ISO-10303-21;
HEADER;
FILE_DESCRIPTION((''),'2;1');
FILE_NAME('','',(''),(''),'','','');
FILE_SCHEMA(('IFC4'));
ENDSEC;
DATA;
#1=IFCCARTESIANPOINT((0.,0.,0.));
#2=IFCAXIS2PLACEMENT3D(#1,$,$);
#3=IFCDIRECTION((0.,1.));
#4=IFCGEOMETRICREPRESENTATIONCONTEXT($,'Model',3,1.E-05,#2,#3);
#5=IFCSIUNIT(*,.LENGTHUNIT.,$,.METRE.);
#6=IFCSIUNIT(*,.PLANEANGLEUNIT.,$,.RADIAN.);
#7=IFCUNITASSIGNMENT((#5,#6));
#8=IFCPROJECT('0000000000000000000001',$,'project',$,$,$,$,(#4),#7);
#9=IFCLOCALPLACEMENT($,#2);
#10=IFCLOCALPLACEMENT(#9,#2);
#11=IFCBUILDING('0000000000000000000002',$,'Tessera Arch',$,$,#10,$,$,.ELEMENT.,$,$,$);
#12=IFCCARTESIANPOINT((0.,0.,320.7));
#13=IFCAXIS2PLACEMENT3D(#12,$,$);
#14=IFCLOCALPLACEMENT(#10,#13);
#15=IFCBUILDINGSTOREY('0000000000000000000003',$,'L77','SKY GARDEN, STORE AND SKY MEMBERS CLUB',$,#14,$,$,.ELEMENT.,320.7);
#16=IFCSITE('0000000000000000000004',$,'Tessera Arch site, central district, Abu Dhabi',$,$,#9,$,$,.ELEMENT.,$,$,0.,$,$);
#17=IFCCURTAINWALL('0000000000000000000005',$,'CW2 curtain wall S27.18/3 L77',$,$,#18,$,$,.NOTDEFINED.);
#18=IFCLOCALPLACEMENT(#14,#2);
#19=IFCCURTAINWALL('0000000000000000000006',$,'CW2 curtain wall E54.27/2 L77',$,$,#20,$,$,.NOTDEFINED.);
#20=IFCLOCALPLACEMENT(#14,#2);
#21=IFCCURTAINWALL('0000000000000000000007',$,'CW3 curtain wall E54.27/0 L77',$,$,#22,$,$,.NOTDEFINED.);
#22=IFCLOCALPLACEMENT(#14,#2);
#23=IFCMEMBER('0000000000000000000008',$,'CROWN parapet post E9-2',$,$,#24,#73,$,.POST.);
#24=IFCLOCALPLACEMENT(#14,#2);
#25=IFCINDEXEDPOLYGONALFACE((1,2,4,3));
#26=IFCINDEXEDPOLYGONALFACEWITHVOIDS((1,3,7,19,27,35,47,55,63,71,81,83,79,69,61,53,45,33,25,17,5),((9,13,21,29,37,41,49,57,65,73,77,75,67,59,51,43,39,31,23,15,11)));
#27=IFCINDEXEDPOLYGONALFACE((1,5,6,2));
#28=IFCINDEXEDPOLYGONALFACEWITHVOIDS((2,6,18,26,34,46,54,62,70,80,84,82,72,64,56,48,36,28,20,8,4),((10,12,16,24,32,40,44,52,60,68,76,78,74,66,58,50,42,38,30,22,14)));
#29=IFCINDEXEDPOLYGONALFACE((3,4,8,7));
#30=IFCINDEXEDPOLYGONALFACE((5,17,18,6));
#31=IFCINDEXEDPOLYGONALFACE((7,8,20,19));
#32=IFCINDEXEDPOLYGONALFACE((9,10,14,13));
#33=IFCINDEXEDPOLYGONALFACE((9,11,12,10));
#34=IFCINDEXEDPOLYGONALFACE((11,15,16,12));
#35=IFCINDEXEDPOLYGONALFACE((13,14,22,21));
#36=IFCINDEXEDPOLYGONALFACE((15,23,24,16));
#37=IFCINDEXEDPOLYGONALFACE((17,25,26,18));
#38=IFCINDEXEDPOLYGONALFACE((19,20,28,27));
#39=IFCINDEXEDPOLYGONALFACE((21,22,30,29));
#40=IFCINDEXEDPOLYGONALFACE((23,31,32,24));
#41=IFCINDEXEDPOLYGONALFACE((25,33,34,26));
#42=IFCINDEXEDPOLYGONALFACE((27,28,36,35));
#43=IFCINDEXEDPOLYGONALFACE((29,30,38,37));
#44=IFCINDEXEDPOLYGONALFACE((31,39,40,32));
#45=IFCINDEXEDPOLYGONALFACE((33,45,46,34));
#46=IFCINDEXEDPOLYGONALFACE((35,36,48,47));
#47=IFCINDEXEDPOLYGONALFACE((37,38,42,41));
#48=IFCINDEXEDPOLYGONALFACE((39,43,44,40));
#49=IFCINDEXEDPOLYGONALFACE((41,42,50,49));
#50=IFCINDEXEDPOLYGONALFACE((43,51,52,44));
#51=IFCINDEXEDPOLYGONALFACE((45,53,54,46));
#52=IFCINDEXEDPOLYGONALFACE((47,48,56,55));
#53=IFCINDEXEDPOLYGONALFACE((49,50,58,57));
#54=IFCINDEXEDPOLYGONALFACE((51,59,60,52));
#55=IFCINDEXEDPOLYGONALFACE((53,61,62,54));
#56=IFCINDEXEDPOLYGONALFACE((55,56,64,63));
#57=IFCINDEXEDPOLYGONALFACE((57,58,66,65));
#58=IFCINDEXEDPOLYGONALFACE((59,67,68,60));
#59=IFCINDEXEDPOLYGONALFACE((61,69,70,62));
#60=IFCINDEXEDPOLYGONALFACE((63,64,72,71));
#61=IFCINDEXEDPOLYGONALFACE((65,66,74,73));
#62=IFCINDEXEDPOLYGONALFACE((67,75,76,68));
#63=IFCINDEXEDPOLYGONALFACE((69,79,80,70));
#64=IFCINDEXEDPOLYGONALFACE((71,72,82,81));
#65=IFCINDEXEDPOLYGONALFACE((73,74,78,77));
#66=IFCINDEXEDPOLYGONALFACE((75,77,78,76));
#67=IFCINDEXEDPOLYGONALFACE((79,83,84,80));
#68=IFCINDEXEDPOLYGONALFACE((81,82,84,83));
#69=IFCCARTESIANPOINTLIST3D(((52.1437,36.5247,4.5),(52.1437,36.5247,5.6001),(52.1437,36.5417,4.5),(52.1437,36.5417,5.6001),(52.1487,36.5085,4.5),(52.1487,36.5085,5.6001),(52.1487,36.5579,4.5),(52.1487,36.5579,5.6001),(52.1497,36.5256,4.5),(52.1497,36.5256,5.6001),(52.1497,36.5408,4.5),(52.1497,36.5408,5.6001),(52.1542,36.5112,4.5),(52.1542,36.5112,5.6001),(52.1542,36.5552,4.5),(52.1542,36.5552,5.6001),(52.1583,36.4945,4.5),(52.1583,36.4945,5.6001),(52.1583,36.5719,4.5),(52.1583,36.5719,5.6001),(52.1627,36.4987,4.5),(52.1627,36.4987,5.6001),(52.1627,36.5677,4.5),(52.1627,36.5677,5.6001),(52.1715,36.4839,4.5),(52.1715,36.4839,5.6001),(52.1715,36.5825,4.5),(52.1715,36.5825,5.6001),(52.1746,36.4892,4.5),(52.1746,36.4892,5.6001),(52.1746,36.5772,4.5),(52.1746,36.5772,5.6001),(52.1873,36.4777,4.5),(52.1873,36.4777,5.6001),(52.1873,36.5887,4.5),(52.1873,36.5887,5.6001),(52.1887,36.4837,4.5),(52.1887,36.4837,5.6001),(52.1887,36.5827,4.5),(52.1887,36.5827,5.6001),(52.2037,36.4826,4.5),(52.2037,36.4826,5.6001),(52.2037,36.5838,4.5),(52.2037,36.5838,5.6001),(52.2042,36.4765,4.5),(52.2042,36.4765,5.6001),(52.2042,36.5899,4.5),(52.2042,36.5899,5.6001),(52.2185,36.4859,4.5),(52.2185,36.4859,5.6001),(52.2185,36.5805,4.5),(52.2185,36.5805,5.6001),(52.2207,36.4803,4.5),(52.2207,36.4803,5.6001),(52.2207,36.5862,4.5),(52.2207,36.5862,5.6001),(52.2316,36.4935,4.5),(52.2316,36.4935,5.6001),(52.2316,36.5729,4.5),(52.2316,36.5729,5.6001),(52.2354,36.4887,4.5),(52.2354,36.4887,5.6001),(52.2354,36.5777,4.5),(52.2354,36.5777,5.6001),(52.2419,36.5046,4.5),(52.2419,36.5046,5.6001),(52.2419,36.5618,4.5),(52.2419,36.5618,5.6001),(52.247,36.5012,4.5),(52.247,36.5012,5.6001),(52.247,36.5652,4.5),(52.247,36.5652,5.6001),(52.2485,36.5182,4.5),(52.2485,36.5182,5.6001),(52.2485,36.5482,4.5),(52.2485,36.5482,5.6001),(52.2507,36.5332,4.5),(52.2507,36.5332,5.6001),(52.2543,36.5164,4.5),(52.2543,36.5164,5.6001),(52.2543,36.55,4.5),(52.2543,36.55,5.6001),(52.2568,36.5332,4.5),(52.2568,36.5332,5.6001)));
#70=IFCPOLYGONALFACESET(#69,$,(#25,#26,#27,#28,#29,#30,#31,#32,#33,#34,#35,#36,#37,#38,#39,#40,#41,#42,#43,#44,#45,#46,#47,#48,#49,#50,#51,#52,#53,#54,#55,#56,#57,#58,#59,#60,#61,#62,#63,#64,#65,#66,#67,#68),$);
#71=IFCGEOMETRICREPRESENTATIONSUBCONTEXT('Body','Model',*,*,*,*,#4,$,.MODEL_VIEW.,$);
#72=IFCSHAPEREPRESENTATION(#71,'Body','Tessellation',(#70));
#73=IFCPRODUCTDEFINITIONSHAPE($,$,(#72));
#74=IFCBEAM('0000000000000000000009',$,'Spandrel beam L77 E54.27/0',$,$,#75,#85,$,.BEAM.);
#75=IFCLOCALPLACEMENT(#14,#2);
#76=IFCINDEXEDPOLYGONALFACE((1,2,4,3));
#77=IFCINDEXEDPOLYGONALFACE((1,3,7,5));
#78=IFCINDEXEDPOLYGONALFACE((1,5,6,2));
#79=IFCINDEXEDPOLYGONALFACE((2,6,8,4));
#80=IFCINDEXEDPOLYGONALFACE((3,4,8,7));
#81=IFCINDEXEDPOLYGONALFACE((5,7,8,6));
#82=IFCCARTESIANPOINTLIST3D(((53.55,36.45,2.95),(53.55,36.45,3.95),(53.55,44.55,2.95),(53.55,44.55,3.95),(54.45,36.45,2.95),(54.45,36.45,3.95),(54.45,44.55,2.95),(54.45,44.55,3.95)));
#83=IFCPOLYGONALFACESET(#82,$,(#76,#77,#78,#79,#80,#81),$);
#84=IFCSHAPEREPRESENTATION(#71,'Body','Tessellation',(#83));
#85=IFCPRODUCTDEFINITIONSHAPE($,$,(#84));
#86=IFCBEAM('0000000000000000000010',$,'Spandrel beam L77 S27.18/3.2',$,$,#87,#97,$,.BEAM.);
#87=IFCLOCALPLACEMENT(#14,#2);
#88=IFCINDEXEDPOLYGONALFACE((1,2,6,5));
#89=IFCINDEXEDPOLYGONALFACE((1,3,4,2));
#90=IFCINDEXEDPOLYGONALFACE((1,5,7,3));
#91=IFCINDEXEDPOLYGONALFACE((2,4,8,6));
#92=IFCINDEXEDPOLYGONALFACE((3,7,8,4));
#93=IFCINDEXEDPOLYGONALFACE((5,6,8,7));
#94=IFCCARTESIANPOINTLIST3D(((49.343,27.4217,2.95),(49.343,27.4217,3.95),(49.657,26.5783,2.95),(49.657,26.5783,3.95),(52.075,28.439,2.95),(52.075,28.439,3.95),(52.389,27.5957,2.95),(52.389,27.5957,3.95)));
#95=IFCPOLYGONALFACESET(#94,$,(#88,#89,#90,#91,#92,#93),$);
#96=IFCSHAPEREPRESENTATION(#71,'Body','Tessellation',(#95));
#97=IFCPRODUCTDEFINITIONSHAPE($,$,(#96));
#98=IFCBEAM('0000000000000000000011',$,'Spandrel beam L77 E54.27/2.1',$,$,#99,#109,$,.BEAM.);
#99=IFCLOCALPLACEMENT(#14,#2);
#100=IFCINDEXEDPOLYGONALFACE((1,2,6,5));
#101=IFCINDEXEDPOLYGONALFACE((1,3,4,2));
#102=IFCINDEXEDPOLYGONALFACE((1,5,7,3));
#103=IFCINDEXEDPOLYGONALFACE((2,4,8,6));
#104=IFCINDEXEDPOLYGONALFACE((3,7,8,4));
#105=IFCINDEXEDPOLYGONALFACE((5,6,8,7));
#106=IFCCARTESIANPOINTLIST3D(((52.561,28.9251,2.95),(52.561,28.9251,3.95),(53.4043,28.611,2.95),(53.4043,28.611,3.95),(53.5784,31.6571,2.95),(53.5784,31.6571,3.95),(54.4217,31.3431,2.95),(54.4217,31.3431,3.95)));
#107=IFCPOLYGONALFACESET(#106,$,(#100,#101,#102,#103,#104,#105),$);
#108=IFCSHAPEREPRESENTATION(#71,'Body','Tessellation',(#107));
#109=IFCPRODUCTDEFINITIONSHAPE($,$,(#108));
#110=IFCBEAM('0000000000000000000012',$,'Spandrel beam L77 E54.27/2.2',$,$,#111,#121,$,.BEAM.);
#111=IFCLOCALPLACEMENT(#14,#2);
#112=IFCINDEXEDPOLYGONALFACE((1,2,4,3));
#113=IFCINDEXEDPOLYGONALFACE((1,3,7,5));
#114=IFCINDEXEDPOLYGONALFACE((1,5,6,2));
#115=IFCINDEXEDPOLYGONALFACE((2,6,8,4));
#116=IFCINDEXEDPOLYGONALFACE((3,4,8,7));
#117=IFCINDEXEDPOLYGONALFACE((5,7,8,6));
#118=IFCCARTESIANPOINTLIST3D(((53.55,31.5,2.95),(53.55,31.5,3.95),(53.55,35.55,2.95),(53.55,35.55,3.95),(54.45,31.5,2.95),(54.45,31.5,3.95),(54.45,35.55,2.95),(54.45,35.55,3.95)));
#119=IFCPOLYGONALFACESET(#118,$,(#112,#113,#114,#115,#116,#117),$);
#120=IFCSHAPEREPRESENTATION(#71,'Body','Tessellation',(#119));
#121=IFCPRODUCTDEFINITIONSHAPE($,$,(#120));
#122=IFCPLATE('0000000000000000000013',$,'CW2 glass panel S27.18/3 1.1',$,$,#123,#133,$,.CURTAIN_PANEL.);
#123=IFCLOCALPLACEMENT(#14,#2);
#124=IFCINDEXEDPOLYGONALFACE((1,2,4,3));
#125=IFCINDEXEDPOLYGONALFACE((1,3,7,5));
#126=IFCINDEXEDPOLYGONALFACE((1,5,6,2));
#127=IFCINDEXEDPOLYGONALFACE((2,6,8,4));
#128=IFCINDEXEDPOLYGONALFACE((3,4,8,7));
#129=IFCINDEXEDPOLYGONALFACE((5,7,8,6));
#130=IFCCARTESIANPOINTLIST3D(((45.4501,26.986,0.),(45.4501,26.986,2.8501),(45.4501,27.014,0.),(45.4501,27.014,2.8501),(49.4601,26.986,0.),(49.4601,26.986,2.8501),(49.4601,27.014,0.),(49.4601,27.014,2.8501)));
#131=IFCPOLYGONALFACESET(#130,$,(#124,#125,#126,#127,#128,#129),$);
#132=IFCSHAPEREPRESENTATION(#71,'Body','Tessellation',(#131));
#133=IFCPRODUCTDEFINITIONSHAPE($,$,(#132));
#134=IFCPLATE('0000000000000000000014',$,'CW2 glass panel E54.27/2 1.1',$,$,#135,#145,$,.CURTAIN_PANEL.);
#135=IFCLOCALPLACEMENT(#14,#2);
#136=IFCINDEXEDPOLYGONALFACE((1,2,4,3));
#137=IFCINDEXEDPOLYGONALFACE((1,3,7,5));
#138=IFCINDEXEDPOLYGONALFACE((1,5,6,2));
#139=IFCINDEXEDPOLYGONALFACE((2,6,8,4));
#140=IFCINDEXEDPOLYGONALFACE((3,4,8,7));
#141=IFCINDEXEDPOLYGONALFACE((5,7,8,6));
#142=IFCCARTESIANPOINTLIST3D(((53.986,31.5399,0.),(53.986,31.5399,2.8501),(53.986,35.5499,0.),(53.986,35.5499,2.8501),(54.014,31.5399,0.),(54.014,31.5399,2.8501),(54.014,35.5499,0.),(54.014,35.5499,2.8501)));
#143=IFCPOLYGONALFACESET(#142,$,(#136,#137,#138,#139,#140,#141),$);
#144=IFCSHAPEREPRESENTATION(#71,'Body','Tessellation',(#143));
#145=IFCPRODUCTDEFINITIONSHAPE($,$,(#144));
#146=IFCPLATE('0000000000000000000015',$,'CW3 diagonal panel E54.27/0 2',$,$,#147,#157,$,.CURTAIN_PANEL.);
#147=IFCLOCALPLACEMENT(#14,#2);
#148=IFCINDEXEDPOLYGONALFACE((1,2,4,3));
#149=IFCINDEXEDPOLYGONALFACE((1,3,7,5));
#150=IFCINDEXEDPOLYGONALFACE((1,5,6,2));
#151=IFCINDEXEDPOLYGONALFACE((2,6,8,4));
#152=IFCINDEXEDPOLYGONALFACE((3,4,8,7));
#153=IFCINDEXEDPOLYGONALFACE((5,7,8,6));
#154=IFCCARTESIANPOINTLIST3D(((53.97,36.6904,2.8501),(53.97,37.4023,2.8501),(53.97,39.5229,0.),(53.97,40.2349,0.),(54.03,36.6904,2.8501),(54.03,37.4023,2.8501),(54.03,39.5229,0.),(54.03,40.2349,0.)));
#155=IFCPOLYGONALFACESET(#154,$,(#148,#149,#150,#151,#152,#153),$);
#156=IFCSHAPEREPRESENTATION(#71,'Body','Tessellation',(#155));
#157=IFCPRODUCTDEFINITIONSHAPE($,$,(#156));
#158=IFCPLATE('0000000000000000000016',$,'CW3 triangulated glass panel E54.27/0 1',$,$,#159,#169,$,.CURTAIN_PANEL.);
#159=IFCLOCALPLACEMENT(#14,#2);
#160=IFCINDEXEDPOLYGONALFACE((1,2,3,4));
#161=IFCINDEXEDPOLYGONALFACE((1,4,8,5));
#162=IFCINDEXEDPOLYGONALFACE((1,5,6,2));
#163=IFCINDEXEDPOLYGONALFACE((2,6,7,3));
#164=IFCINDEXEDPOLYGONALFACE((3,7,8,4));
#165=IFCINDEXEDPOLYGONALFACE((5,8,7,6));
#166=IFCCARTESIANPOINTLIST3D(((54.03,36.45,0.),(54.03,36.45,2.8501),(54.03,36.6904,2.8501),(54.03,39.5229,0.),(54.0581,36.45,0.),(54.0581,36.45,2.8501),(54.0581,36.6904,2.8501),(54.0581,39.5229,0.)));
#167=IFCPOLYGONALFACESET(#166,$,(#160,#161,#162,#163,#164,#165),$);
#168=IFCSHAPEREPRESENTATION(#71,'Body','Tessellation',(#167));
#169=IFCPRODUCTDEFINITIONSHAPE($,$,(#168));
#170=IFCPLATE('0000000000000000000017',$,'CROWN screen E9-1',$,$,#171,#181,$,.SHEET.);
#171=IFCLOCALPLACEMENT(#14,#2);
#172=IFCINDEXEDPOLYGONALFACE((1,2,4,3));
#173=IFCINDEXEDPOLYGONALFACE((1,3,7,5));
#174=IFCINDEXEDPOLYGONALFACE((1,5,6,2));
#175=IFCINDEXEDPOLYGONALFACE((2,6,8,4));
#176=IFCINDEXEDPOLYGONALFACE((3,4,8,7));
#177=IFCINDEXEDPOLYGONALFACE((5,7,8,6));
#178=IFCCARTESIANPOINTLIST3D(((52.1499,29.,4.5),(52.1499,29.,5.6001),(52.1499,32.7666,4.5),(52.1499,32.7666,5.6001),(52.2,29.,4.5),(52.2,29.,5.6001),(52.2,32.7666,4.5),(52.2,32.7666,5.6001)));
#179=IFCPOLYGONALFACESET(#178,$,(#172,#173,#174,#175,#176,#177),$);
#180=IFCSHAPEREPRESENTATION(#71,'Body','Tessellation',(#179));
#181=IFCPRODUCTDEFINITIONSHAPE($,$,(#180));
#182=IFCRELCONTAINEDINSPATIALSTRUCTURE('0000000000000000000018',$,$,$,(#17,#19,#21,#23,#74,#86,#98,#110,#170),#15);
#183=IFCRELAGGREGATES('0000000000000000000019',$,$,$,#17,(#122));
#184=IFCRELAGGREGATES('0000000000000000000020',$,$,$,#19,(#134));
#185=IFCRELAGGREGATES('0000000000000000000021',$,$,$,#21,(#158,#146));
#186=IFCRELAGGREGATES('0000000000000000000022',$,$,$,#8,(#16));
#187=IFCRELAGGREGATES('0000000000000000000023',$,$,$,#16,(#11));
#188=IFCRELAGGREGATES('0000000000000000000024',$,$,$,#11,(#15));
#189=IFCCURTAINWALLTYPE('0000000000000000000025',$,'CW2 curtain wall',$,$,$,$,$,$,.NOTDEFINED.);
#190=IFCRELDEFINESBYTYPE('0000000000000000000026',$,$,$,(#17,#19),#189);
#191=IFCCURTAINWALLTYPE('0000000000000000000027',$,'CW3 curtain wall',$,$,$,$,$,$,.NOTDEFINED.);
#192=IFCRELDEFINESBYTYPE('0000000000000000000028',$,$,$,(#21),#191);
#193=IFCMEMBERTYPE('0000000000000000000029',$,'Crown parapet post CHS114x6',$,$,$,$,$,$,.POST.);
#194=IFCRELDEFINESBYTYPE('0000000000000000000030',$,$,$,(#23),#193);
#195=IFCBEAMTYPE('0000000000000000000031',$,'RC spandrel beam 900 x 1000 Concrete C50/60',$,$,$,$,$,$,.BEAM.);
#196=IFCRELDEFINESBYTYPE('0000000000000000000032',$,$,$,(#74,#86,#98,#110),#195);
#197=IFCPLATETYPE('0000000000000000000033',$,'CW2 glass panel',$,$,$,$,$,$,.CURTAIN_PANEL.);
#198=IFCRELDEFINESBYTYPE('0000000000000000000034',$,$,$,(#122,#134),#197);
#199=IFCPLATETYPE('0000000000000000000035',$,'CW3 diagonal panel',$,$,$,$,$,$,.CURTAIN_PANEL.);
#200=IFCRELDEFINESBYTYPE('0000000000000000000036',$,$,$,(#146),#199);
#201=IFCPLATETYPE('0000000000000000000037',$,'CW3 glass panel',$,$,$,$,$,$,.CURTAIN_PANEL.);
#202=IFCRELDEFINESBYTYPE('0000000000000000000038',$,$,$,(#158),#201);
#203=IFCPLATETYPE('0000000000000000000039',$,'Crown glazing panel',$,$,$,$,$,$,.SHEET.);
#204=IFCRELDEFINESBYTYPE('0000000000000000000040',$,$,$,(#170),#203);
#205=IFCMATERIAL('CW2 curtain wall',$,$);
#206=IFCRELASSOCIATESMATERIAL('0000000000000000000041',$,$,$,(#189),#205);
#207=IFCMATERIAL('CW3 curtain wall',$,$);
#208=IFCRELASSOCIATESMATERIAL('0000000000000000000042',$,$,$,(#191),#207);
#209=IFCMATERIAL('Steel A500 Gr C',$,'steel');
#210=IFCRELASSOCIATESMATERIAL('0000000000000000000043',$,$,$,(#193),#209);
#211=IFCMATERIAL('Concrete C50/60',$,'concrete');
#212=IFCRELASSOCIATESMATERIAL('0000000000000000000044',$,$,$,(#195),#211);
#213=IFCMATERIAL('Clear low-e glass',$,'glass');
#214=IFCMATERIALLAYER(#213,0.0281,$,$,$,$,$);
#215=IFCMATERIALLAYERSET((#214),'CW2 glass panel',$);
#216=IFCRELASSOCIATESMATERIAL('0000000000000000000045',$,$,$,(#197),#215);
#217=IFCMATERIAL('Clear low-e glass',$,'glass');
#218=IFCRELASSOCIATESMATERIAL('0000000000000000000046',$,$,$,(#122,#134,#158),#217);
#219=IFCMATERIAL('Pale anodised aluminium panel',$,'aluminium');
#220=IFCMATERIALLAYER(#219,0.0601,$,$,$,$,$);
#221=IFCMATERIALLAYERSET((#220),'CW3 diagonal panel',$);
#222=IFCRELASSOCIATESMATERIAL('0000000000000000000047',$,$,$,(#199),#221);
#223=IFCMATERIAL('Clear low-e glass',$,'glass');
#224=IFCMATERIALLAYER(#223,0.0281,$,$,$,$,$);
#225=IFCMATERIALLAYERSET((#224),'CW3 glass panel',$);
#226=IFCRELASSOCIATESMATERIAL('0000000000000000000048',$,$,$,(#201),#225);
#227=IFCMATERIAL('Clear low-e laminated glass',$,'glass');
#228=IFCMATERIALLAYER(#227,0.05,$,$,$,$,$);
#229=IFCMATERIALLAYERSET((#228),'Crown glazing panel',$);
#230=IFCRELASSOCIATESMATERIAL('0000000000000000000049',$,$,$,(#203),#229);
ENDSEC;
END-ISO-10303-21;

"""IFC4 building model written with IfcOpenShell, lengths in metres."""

from ifc_helpers import new_model, si_unit, direction, frame, origin, origin_2d, place, context, subcontext, project, spatial, polyline, rectangle, hollow_circle, outline, extrude, material, layer, layer_set, material_profile, profile_set, type_object, element, aggregate, save


model = new_model("IFC4")

# Units and contexts
model_context = context("Model", 3, precision=1e-05, world=origin(), true_north=direction((0.0, 1.0)))
body_context = subcontext(model_context, "Body", "Model", "MODEL_VIEW")
ifc_project = project(units=[si_unit("LENGTHUNIT", "METRE"), si_unit("PLANEANGLEUNIT", "RADIAN")], contexts=[model_context])

# Site, building, storey
site_placement = place(None, origin())
site = spatial("IfcSite", under=ifc_project, at=site_placement, Name="Tessera Arch site, central district, Abu Dhabi", CompositionType="ELEMENT", RefElevation=0.0)
building_placement = place(site_placement, origin())
building = spatial("IfcBuilding", under=site, at=building_placement, Name="Tessera Arch", CompositionType="ELEMENT")
storey_placement = place(building_placement, frame((0.0, 0.0, 320.7)))
storey = spatial("IfcBuildingStorey", under=building, at=storey_placement, Name="L77", Description="SKY GARDEN, STORE AND SKY MEMBERS CLUB", CompositionType="ELEMENT", Elevation=320.7)

# Curtain walls
ifc_material_1 = material(Name="CW2 curtain wall")
curtain_wall_type_1 = type_object("IfcCurtainWallType", Name="CW2 curtain wall", PredefinedType="NOTDEFINED", material=ifc_material_1)
curtain_wall_1_placement = place(storey_placement, origin())
curtain_wall_1 = element("IfcCurtainWall", 1, at=curtain_wall_1_placement, inside=storey, type_object=curtain_wall_type_1, Name="CW2 curtain wall S27.18/3 L77", PredefinedType="NOTDEFINED")
curtain_wall_2_placement = place(storey_placement, origin())
curtain_wall_2 = element("IfcCurtainWall", 2, at=curtain_wall_2_placement, inside=storey, type_object=curtain_wall_type_1, Name="CW2 curtain wall E54.27/2 L77", PredefinedType="NOTDEFINED")
ifc_material_2 = material(Name="CW3 curtain wall")
curtain_wall_type_2 = type_object("IfcCurtainWallType", Name="CW3 curtain wall", PredefinedType="NOTDEFINED", material=ifc_material_2)
curtain_wall_3_placement = place(storey_placement, origin())
curtain_wall_3 = element("IfcCurtainWall", 3, at=curtain_wall_3_placement, inside=storey, type_object=curtain_wall_type_2, Name="CW3 curtain wall E54.27/0 L77", PredefinedType="NOTDEFINED")

# Member
ifc_material_3 = material(Name="Steel A500 Gr C", Category="steel")
ifc_material_profile_1 = material_profile(ifc_material_3, hollow_circle(Radius=0.0569, WallThickness=0.0061, at=origin_2d()), Name="Crown parapet post CHS114x6")
ifc_profile_set_1 = profile_set([ifc_material_profile_1], Name="Steel A500 Gr C")
member_type_1 = type_object("IfcMemberType", Name="Crown parapet post CHS114x6", PredefinedType="POST", material=ifc_profile_set_1)
for number, where, z_axis, x_axis, name in (
    (4, (52.2, 36.5332, 4.5), (0.0, 0.0, 1.0), (1.0, 0.0, 0.0), "CROWN parapet post E9-2"),
):
    element("IfcMember", number, at=place(storey_placement, frame(where, z_axis=z_axis, x_axis=x_axis)), inside=storey, type_object=member_type_1, Name=name, PredefinedType="POST", context=body_context, shape_type="SweptSolid", body=[
        extrude(hollow_circle(Radius=0.0569, WallThickness=0.0061, at=origin_2d()), origin(), (0.0, 0.0, 1.0), 1.1001),
    ])

# Beams
ifc_material_4 = material(Name="Concrete C50/60", Category="concrete")
ifc_material_profile_2 = material_profile(ifc_material_4, rectangle(XDim=0.8999, YDim=1.0, at=origin_2d()), Name="RC spandrel beam 900 x 1000 Concrete C50/60")
ifc_profile_set_2 = profile_set([ifc_material_profile_2], Name="Concrete C50/60")
beam_type = type_object("IfcBeamType", Name="RC spandrel beam 900 x 1000 Concrete C50/60", PredefinedType="BEAM", material=ifc_profile_set_2)
beam_1_placement = place(storey_placement, frame((54.0, 36.45, 3.45), z_axis=(0.0, 1.0, 0.0), x_axis=(-1.0, 0.0, 0.0)))
element("IfcBeam", 5, at=beam_1_placement, inside=storey, type_object=beam_type, Name="Spandrel beam L77 E54.27/0", PredefinedType="BEAM", context=body_context, shape_type="SweptSolid", body=[
    extrude(rectangle(XDim=0.8999, YDim=1.0, at=origin_2d()), origin(), (0.0, 0.0, 1.0), 8.1001),
])
for number, where, z_axis, x_axis, name in (
    (6, (49.5, 27.0, 3.45), (0.937132, 0.348975, 0.0), (-0.348975, 0.937132, 0.0), "Spandrel beam L77 S27.18/3.2"),
    (7, (52.9827, 28.7681, 3.45), (0.348975, 0.937132, 0.0), (-0.937132, 0.348975, 0.0), "Spandrel beam L77 E54.27/2.1"),
):
    element("IfcBeam", number, at=place(storey_placement, frame(where, z_axis=z_axis, x_axis=x_axis)), inside=storey, type_object=beam_type, Name=name, PredefinedType="BEAM", context=body_context, shape_type="SweptSolid", body=[
        extrude(rectangle(XDim=0.8999, YDim=1.0, at=origin_2d()), origin(), (0.0, 0.0, 1.0), 2.9153),
    ])
beam_2_placement = place(storey_placement, frame((54.0, 31.5, 3.45), z_axis=(0.0, 1.0, 0.0), x_axis=(-1.0, 0.0, 0.0)))
element("IfcBeam", 8, at=beam_2_placement, inside=storey, type_object=beam_type, Name="Spandrel beam L77 E54.27/2.2", PredefinedType="BEAM", context=body_context, shape_type="SweptSolid", body=[
    extrude(rectangle(XDim=0.8999, YDim=1.0, at=origin_2d()), origin(), (0.0, 0.0, 1.0), 4.05),
])

# Plates
ifc_material_5 = material(Name="Clear low-e glass", Category="glass")
ifc_material_6 = material(Name="Clear low-e glass", Category="glass")
ifc_layer_1 = layer(ifc_material_6, 0.0281)
ifc_layer_set_1 = layer_set([ifc_layer_1], Name="CW2 glass panel")
plate_type_1 = type_object("IfcPlateType", Name="CW2 glass panel", PredefinedType="CURTAIN_PANEL", material=ifc_layer_set_1)
plate_1_placement = place(storey_placement, frame((47.4551, 27.0, 0.0), z_axis=(0.0, 0.0, 1.0), x_axis=(1.0, 0.0, 0.0)))
plate_1 = element("IfcPlate", 9, at=plate_1_placement, type_object=plate_type_1, material=ifc_material_5, Name="CW2 glass panel S27.18/3 1.1", PredefinedType="CURTAIN_PANEL", context=body_context, shape_type="SweptSolid", body=[
    extrude(rectangle(XDim=4.01, YDim=0.0281, at=origin_2d()), origin(), (0.0, 0.0, 1.0), 2.8501),
])
aggregate(curtain_wall_1, [plate_1])
plate_2_placement = place(storey_placement, frame((54.0, 33.5449, 0.0), z_axis=(0.0, 0.0, 1.0), x_axis=(0.0, 1.0, 0.0)))
plate_2 = element("IfcPlate", 10, at=plate_2_placement, type_object=plate_type_1, material=ifc_material_5, Name="CW2 glass panel E54.27/2 1.1", PredefinedType="CURTAIN_PANEL", context=body_context, shape_type="SweptSolid", body=[
    extrude(rectangle(XDim=4.01, YDim=0.0281, at=origin_2d()), origin(), (0.0, 0.0, 1.0), 2.8501),
])
aggregate(curtain_wall_2, [plate_2])
ifc_material_7 = material(Name="Pale anodised aluminium panel", Category="aluminium")
ifc_layer_2 = layer(ifc_material_7, 0.0601)
ifc_layer_set_2 = layer_set([ifc_layer_2], Name="CW3 diagonal panel")
plate_type_2 = type_object("IfcPlateType", Name="CW3 diagonal panel", PredefinedType="CURTAIN_PANEL", material=ifc_layer_set_2)
plate_3_placement = place(storey_placement, frame((54.03, 37.4023, 2.8501), z_axis=(1.0, 0.0, 0.0), x_axis=(0.0, -1.0, 0.0)))
plate_3 = element("IfcPlate", 11, at=plate_3_placement, type_object=plate_type_2, Name="CW3 diagonal panel E54.27/0 2", PredefinedType="CURTAIN_PANEL", context=body_context, shape_type="SweptSolid", body=[
    extrude(outline(polyline([(0.0, 0.0), (0.7119, 0.0), (-2.1206, 2.8501), (-2.8325, 2.8501), (0.0, 0.0)])), origin(), (0.0, 0.0, -1.0), 0.0601),
])
ifc_material_8 = material(Name="Clear low-e glass", Category="glass")
ifc_layer_3 = layer(ifc_material_8, 0.0281)
ifc_layer_set_3 = layer_set([ifc_layer_3], Name="CW3 glass panel")
plate_type_3 = type_object("IfcPlateType", Name="CW3 glass panel", PredefinedType="CURTAIN_PANEL", material=ifc_layer_set_3)
plate_4_placement = place(storey_placement, frame((54.0581, 36.45, 0.0), z_axis=(1.0, 0.0, 0.0), x_axis=(0.0, 1.0, 0.0)))
plate_4 = element("IfcPlate", 12, at=plate_4_placement, type_object=plate_type_3, material=ifc_material_5, Name="CW3 triangulated glass panel E54.27/0 1", PredefinedType="CURTAIN_PANEL", context=body_context, shape_type="SweptSolid", body=[
    extrude(outline(polyline([(0.0, 0.0), (3.073, 0.0), (0.2405, 2.8501), (0.0, 2.8501), (0.0, 0.0)])), origin(), (0.0, 0.0, -1.0), 0.0281),
])
aggregate(curtain_wall_3, [plate_4, plate_3])
ifc_material_9 = material(Name="Clear low-e laminated glass", Category="glass")
ifc_layer_4 = layer(ifc_material_9, 0.05)
ifc_layer_set_4 = layer_set([ifc_layer_4], Name="Crown glazing panel")
plate_type_4 = type_object("IfcPlateType", Name="Crown glazing panel", PredefinedType="SHEET", material=ifc_layer_set_4)
plate_5_placement = place(storey_placement, frame((52.2, 29.0, 4.5), z_axis=(1.0, 0.0, 0.0), x_axis=(0.0, 1.0, 0.0)))
element("IfcPlate", 13, at=plate_5_placement, inside=storey, type_object=plate_type_4, Name="CROWN screen E9-1", PredefinedType="SHEET", context=body_context, shape_type="SweptSolid", body=[
    extrude(outline(polyline([(0.0, 0.0), (3.7666, 0.0), (3.7666, 1.1001), (0.0, 1.1001), (0.0, 0.0)])), origin(), (0.0, 0.0, -1.0), 0.05),
])

save(model, "model.ifc")
